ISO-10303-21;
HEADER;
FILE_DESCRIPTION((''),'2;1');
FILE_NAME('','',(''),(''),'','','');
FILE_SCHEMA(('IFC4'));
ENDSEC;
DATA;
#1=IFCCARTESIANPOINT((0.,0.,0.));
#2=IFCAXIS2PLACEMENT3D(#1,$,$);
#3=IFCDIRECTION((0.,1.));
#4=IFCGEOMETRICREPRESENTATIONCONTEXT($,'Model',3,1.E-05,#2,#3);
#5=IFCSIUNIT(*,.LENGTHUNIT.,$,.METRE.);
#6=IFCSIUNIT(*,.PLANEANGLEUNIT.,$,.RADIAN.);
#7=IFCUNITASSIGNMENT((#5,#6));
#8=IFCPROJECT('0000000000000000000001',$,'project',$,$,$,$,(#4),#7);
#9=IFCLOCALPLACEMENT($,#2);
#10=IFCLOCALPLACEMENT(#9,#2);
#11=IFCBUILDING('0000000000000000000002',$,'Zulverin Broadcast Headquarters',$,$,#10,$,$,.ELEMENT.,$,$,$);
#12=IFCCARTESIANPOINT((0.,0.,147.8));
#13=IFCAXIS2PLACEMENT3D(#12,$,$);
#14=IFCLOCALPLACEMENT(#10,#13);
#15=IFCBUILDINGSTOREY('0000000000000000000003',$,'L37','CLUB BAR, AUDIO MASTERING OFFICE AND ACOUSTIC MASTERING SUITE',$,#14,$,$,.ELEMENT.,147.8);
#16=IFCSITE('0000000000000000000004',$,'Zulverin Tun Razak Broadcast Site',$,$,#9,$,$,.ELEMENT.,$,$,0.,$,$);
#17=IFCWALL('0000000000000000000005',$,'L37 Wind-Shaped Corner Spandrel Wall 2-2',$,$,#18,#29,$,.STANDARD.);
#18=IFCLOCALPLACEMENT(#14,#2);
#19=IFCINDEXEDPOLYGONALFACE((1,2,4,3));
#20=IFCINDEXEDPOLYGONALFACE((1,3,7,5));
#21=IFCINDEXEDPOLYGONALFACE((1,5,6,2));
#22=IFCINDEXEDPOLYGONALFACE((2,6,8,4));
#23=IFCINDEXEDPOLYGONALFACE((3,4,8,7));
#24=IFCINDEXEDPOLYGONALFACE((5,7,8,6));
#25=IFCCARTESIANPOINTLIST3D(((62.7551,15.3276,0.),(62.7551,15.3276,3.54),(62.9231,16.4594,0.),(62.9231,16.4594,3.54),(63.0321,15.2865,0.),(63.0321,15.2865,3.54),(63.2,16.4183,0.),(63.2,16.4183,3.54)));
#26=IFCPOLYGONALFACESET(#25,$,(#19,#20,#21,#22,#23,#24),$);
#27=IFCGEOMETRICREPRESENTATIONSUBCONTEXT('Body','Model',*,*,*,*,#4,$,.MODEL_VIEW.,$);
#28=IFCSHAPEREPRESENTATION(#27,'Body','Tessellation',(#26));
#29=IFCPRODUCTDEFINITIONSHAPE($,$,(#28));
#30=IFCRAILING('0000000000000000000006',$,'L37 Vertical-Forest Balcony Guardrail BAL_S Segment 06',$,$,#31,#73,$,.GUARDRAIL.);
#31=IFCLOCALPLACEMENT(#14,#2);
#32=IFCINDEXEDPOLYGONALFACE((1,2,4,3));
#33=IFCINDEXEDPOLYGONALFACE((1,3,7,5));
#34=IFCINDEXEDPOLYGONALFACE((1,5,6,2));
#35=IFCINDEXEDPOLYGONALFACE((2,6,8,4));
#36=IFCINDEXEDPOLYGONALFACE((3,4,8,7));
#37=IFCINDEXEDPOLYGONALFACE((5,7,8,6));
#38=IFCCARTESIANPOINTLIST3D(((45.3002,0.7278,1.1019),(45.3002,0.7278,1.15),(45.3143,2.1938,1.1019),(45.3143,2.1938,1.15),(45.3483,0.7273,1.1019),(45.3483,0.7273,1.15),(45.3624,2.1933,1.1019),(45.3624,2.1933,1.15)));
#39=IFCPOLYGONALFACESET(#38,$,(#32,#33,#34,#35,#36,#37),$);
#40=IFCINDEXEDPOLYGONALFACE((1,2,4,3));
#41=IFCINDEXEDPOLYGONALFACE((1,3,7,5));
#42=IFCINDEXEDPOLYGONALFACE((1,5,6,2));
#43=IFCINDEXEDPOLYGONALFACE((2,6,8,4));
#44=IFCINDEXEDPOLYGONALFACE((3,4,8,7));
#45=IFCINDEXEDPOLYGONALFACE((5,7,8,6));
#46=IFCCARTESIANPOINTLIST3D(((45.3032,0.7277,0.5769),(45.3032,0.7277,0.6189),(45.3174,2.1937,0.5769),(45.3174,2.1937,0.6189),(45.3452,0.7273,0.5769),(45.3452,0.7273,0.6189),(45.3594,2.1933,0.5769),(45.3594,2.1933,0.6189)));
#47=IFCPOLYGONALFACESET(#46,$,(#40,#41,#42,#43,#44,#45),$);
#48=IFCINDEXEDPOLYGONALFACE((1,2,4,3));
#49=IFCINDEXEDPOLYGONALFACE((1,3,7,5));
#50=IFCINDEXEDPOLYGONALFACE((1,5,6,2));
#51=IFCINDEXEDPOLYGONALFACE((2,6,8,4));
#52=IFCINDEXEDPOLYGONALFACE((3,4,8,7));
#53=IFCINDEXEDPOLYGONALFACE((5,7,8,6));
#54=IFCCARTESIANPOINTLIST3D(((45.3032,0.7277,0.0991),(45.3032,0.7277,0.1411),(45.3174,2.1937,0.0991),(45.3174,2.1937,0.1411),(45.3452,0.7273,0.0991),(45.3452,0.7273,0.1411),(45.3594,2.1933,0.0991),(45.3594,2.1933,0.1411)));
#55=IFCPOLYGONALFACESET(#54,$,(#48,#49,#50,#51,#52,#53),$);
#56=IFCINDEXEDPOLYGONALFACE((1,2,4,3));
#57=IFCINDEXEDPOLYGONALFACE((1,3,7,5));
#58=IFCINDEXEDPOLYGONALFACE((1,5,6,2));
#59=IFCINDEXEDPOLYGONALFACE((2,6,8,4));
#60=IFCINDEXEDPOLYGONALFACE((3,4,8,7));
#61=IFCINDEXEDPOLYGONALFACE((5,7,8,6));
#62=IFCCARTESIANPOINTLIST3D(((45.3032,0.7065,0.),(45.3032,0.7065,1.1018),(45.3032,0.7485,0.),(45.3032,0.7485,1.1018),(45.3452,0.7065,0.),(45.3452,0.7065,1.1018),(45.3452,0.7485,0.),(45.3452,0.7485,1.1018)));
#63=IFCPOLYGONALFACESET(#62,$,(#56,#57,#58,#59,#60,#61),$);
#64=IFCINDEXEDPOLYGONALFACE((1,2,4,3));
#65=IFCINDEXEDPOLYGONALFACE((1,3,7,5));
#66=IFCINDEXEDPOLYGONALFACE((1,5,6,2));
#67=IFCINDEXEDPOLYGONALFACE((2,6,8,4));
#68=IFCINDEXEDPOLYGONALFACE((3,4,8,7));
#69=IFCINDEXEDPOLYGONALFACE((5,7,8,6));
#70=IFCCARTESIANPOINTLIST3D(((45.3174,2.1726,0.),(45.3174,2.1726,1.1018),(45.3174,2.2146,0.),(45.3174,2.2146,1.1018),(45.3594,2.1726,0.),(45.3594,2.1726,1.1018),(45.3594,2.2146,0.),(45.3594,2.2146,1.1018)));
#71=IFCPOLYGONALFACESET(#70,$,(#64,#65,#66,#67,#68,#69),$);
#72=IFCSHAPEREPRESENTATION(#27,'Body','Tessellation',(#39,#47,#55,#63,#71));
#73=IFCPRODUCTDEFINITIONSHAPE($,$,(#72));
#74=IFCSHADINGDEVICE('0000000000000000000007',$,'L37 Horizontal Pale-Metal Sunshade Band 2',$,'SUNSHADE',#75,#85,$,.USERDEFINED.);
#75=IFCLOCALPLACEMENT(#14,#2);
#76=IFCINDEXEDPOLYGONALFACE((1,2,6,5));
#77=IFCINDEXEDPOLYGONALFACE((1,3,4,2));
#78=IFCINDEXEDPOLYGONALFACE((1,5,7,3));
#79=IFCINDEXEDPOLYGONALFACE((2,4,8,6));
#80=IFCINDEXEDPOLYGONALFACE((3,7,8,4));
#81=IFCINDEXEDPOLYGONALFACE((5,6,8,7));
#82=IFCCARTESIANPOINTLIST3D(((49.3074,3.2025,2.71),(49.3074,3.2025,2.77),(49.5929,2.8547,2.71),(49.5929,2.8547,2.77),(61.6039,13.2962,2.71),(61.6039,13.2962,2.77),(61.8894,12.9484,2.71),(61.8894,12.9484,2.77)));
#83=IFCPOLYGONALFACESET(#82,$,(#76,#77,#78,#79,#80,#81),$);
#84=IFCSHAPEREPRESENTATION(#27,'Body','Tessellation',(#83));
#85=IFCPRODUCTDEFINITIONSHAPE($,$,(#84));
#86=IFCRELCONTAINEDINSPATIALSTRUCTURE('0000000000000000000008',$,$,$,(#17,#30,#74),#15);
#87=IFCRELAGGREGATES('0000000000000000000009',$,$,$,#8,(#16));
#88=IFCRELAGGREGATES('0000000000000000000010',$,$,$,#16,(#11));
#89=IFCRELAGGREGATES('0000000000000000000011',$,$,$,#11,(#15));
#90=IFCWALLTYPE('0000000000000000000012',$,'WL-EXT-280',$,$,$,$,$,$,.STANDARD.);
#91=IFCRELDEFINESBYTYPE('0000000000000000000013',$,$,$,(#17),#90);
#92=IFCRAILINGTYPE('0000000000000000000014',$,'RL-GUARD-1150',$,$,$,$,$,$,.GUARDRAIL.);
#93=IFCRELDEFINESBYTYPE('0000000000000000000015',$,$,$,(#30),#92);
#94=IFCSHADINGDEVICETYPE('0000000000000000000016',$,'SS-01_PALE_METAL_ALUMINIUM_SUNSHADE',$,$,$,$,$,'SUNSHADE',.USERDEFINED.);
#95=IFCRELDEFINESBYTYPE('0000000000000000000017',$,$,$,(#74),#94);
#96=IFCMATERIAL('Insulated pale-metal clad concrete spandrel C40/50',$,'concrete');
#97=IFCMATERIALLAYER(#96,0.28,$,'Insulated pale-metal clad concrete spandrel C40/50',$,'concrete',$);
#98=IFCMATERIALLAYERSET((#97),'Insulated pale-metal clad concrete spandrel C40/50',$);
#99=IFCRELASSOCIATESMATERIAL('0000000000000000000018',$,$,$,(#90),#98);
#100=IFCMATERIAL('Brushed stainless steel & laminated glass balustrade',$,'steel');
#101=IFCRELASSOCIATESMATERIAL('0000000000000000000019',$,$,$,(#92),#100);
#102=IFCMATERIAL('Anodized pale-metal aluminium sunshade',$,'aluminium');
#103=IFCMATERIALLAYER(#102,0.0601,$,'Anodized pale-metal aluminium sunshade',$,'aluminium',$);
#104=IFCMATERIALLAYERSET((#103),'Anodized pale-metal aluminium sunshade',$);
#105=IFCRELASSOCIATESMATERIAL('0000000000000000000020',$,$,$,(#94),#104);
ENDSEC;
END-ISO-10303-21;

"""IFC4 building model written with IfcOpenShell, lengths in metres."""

from ifc_helpers import new_model, si_unit, direction, frame, frame_2d, origin, origin_2d, place, context, subcontext, project, spatial, rectangle, extrude, material, layer, layer_set, type_object, element, save


model = new_model("IFC4")

# Units and contexts
model_context = context("Model", 3, precision=1e-05, world=origin(), true_north=direction((0.0, 1.0)))
body_context = subcontext(model_context, "Body", "Model", "MODEL_VIEW")
ifc_project = project(units=[si_unit("LENGTHUNIT", "METRE"), si_unit("PLANEANGLEUNIT", "RADIAN")], contexts=[model_context])

# Site, building, storey
site_placement = place(None, origin())
site = spatial("IfcSite", under=ifc_project, at=site_placement, Name="Zulverin Tun Razak Broadcast Site", CompositionType="ELEMENT", RefElevation=0.0)
building_placement = place(site_placement, origin())
building = spatial("IfcBuilding", under=site, at=building_placement, Name="Zulverin Broadcast Headquarters", CompositionType="ELEMENT")
storey_placement = place(building_placement, frame((0.0, 0.0, 147.8)))
storey = spatial("IfcBuildingStorey", under=building, at=storey_placement, Name="L37", Description="CLUB BAR, AUDIO MASTERING OFFICE AND ACOUSTIC MASTERING SUITE", CompositionType="ELEMENT", Elevation=147.8)

# Shared definitions
ifc_material_1 = material(Name="Insulated pale-metal clad concrete spandrel C40/50", Category="concrete")
ifc_layer_1 = layer(ifc_material_1, 0.28, Name="Insulated pale-metal clad concrete spandrel C40/50", Category="concrete")
ifc_layer_set_1 = layer_set([ifc_layer_1], Name="Insulated pale-metal clad concrete spandrel C40/50")
wall_type = type_object("IfcWallType", Name="WL-EXT-280", PredefinedType="STANDARD", material=ifc_layer_set_1)

# Wall
wall_1_placement = place(storey_placement, frame((62.8936, 15.3069, 0.0), z_axis=(0.0, 0.0, 1.0), x_axis=(0.146796, 0.989167, 0.0)))
element("IfcWall", 1, at=wall_1_placement, inside=storey, type_object=wall_type, Name="L37 Wind-Shaped Corner Spandrel Wall 2-2", PredefinedType="STANDARD", context=body_context, shape_type="SweptSolid", body=[
    extrude(rectangle(XDim=1.1443, YDim=0.28, at=frame_2d((0.5723, 0.0))), origin(), (0.0, 0.0, 1.0), 3.54),
])

# Railing
ifc_material_2 = material(Name="Brushed stainless steel & laminated glass balustrade", Category="steel")
railing_type = type_object("IfcRailingType", Name="RL-GUARD-1150", PredefinedType="GUARDRAIL", material=ifc_material_2)
railing_placement = place(storey_placement, frame((45.3242, 0.7275, 0.0)))
element("IfcRailing", 2, at=railing_placement, inside=storey, type_object=railing_type, Name="L37 Vertical-Forest Balcony Guardrail BAL_S Segment 06", PredefinedType="GUARDRAIL", context=body_context, shape_type="SweptSolid", body=[
    extrude(rectangle(XDim=0.0481, YDim=0.0481, at=origin_2d()), frame((0.0, 0.0, 1.126), z_axis=(0.009658, 0.999953, 0.0), x_axis=(-0.999953, 0.009658, 0.0)), (0.0, 0.0, 1.0), 1.4661),
    extrude(rectangle(XDim=0.042, YDim=0.042, at=origin_2d()), frame((0.0, 0.0, 0.5979), z_axis=(0.009658, 0.999953, 0.0), x_axis=(-0.999953, 0.009658, 0.0)), (0.0, 0.0, 1.0), 1.4661),
    extrude(rectangle(XDim=0.042, YDim=0.042, at=origin_2d()), frame((0.0, 0.0, 0.1201), z_axis=(0.009658, 0.999953, 0.0), x_axis=(-0.999953, 0.009658, 0.0)), (0.0, 0.0, 1.0), 1.4661),
    extrude(rectangle(XDim=0.042, YDim=0.042, at=origin_2d()), origin(), (0.0, 0.0, 1.0), 1.1018),
    extrude(rectangle(XDim=0.042, YDim=0.042, at=origin_2d()), frame((0.0142, 1.4661, 0.0)), (0.0, 0.0, 1.0), 1.1018),
])

# Shading device
ifc_material_3 = material(Name="Anodized pale-metal aluminium sunshade", Category="aluminium")
ifc_layer_2 = layer(ifc_material_3, 0.0601, Name="Anodized pale-metal aluminium sunshade", Category="aluminium")
ifc_layer_set_2 = layer_set([ifc_layer_2], Name="Anodized pale-metal aluminium sunshade")
shading_device_type = type_object("IfcShadingDeviceType", Name="SS-01_PALE_METAL_ALUMINIUM_SUNSHADE", ElementType="SUNSHADE", PredefinedType="USERDEFINED", material=ifc_layer_set_2)
shading_device_placement = place(storey_placement, frame((55.5984, 8.0754, 2.71), z_axis=(0.0, 0.0, 1.0), x_axis=(0.77294, 0.63448, 0.0)))
element("IfcShadingDevice", 3, at=shading_device_placement, inside=storey, type_object=shading_device_type, Name="L37 Horizontal Pale-Metal Sunshade Band 2", ObjectType="SUNSHADE", PredefinedType="USERDEFINED", context=body_context, shape_type="SweptSolid", body=[
    extrude(rectangle(XDim=15.9087, YDim=0.45, at=origin_2d()), origin(), (0.0, 0.0, 1.0), 0.0601),
])

save(model, "model.ifc")
